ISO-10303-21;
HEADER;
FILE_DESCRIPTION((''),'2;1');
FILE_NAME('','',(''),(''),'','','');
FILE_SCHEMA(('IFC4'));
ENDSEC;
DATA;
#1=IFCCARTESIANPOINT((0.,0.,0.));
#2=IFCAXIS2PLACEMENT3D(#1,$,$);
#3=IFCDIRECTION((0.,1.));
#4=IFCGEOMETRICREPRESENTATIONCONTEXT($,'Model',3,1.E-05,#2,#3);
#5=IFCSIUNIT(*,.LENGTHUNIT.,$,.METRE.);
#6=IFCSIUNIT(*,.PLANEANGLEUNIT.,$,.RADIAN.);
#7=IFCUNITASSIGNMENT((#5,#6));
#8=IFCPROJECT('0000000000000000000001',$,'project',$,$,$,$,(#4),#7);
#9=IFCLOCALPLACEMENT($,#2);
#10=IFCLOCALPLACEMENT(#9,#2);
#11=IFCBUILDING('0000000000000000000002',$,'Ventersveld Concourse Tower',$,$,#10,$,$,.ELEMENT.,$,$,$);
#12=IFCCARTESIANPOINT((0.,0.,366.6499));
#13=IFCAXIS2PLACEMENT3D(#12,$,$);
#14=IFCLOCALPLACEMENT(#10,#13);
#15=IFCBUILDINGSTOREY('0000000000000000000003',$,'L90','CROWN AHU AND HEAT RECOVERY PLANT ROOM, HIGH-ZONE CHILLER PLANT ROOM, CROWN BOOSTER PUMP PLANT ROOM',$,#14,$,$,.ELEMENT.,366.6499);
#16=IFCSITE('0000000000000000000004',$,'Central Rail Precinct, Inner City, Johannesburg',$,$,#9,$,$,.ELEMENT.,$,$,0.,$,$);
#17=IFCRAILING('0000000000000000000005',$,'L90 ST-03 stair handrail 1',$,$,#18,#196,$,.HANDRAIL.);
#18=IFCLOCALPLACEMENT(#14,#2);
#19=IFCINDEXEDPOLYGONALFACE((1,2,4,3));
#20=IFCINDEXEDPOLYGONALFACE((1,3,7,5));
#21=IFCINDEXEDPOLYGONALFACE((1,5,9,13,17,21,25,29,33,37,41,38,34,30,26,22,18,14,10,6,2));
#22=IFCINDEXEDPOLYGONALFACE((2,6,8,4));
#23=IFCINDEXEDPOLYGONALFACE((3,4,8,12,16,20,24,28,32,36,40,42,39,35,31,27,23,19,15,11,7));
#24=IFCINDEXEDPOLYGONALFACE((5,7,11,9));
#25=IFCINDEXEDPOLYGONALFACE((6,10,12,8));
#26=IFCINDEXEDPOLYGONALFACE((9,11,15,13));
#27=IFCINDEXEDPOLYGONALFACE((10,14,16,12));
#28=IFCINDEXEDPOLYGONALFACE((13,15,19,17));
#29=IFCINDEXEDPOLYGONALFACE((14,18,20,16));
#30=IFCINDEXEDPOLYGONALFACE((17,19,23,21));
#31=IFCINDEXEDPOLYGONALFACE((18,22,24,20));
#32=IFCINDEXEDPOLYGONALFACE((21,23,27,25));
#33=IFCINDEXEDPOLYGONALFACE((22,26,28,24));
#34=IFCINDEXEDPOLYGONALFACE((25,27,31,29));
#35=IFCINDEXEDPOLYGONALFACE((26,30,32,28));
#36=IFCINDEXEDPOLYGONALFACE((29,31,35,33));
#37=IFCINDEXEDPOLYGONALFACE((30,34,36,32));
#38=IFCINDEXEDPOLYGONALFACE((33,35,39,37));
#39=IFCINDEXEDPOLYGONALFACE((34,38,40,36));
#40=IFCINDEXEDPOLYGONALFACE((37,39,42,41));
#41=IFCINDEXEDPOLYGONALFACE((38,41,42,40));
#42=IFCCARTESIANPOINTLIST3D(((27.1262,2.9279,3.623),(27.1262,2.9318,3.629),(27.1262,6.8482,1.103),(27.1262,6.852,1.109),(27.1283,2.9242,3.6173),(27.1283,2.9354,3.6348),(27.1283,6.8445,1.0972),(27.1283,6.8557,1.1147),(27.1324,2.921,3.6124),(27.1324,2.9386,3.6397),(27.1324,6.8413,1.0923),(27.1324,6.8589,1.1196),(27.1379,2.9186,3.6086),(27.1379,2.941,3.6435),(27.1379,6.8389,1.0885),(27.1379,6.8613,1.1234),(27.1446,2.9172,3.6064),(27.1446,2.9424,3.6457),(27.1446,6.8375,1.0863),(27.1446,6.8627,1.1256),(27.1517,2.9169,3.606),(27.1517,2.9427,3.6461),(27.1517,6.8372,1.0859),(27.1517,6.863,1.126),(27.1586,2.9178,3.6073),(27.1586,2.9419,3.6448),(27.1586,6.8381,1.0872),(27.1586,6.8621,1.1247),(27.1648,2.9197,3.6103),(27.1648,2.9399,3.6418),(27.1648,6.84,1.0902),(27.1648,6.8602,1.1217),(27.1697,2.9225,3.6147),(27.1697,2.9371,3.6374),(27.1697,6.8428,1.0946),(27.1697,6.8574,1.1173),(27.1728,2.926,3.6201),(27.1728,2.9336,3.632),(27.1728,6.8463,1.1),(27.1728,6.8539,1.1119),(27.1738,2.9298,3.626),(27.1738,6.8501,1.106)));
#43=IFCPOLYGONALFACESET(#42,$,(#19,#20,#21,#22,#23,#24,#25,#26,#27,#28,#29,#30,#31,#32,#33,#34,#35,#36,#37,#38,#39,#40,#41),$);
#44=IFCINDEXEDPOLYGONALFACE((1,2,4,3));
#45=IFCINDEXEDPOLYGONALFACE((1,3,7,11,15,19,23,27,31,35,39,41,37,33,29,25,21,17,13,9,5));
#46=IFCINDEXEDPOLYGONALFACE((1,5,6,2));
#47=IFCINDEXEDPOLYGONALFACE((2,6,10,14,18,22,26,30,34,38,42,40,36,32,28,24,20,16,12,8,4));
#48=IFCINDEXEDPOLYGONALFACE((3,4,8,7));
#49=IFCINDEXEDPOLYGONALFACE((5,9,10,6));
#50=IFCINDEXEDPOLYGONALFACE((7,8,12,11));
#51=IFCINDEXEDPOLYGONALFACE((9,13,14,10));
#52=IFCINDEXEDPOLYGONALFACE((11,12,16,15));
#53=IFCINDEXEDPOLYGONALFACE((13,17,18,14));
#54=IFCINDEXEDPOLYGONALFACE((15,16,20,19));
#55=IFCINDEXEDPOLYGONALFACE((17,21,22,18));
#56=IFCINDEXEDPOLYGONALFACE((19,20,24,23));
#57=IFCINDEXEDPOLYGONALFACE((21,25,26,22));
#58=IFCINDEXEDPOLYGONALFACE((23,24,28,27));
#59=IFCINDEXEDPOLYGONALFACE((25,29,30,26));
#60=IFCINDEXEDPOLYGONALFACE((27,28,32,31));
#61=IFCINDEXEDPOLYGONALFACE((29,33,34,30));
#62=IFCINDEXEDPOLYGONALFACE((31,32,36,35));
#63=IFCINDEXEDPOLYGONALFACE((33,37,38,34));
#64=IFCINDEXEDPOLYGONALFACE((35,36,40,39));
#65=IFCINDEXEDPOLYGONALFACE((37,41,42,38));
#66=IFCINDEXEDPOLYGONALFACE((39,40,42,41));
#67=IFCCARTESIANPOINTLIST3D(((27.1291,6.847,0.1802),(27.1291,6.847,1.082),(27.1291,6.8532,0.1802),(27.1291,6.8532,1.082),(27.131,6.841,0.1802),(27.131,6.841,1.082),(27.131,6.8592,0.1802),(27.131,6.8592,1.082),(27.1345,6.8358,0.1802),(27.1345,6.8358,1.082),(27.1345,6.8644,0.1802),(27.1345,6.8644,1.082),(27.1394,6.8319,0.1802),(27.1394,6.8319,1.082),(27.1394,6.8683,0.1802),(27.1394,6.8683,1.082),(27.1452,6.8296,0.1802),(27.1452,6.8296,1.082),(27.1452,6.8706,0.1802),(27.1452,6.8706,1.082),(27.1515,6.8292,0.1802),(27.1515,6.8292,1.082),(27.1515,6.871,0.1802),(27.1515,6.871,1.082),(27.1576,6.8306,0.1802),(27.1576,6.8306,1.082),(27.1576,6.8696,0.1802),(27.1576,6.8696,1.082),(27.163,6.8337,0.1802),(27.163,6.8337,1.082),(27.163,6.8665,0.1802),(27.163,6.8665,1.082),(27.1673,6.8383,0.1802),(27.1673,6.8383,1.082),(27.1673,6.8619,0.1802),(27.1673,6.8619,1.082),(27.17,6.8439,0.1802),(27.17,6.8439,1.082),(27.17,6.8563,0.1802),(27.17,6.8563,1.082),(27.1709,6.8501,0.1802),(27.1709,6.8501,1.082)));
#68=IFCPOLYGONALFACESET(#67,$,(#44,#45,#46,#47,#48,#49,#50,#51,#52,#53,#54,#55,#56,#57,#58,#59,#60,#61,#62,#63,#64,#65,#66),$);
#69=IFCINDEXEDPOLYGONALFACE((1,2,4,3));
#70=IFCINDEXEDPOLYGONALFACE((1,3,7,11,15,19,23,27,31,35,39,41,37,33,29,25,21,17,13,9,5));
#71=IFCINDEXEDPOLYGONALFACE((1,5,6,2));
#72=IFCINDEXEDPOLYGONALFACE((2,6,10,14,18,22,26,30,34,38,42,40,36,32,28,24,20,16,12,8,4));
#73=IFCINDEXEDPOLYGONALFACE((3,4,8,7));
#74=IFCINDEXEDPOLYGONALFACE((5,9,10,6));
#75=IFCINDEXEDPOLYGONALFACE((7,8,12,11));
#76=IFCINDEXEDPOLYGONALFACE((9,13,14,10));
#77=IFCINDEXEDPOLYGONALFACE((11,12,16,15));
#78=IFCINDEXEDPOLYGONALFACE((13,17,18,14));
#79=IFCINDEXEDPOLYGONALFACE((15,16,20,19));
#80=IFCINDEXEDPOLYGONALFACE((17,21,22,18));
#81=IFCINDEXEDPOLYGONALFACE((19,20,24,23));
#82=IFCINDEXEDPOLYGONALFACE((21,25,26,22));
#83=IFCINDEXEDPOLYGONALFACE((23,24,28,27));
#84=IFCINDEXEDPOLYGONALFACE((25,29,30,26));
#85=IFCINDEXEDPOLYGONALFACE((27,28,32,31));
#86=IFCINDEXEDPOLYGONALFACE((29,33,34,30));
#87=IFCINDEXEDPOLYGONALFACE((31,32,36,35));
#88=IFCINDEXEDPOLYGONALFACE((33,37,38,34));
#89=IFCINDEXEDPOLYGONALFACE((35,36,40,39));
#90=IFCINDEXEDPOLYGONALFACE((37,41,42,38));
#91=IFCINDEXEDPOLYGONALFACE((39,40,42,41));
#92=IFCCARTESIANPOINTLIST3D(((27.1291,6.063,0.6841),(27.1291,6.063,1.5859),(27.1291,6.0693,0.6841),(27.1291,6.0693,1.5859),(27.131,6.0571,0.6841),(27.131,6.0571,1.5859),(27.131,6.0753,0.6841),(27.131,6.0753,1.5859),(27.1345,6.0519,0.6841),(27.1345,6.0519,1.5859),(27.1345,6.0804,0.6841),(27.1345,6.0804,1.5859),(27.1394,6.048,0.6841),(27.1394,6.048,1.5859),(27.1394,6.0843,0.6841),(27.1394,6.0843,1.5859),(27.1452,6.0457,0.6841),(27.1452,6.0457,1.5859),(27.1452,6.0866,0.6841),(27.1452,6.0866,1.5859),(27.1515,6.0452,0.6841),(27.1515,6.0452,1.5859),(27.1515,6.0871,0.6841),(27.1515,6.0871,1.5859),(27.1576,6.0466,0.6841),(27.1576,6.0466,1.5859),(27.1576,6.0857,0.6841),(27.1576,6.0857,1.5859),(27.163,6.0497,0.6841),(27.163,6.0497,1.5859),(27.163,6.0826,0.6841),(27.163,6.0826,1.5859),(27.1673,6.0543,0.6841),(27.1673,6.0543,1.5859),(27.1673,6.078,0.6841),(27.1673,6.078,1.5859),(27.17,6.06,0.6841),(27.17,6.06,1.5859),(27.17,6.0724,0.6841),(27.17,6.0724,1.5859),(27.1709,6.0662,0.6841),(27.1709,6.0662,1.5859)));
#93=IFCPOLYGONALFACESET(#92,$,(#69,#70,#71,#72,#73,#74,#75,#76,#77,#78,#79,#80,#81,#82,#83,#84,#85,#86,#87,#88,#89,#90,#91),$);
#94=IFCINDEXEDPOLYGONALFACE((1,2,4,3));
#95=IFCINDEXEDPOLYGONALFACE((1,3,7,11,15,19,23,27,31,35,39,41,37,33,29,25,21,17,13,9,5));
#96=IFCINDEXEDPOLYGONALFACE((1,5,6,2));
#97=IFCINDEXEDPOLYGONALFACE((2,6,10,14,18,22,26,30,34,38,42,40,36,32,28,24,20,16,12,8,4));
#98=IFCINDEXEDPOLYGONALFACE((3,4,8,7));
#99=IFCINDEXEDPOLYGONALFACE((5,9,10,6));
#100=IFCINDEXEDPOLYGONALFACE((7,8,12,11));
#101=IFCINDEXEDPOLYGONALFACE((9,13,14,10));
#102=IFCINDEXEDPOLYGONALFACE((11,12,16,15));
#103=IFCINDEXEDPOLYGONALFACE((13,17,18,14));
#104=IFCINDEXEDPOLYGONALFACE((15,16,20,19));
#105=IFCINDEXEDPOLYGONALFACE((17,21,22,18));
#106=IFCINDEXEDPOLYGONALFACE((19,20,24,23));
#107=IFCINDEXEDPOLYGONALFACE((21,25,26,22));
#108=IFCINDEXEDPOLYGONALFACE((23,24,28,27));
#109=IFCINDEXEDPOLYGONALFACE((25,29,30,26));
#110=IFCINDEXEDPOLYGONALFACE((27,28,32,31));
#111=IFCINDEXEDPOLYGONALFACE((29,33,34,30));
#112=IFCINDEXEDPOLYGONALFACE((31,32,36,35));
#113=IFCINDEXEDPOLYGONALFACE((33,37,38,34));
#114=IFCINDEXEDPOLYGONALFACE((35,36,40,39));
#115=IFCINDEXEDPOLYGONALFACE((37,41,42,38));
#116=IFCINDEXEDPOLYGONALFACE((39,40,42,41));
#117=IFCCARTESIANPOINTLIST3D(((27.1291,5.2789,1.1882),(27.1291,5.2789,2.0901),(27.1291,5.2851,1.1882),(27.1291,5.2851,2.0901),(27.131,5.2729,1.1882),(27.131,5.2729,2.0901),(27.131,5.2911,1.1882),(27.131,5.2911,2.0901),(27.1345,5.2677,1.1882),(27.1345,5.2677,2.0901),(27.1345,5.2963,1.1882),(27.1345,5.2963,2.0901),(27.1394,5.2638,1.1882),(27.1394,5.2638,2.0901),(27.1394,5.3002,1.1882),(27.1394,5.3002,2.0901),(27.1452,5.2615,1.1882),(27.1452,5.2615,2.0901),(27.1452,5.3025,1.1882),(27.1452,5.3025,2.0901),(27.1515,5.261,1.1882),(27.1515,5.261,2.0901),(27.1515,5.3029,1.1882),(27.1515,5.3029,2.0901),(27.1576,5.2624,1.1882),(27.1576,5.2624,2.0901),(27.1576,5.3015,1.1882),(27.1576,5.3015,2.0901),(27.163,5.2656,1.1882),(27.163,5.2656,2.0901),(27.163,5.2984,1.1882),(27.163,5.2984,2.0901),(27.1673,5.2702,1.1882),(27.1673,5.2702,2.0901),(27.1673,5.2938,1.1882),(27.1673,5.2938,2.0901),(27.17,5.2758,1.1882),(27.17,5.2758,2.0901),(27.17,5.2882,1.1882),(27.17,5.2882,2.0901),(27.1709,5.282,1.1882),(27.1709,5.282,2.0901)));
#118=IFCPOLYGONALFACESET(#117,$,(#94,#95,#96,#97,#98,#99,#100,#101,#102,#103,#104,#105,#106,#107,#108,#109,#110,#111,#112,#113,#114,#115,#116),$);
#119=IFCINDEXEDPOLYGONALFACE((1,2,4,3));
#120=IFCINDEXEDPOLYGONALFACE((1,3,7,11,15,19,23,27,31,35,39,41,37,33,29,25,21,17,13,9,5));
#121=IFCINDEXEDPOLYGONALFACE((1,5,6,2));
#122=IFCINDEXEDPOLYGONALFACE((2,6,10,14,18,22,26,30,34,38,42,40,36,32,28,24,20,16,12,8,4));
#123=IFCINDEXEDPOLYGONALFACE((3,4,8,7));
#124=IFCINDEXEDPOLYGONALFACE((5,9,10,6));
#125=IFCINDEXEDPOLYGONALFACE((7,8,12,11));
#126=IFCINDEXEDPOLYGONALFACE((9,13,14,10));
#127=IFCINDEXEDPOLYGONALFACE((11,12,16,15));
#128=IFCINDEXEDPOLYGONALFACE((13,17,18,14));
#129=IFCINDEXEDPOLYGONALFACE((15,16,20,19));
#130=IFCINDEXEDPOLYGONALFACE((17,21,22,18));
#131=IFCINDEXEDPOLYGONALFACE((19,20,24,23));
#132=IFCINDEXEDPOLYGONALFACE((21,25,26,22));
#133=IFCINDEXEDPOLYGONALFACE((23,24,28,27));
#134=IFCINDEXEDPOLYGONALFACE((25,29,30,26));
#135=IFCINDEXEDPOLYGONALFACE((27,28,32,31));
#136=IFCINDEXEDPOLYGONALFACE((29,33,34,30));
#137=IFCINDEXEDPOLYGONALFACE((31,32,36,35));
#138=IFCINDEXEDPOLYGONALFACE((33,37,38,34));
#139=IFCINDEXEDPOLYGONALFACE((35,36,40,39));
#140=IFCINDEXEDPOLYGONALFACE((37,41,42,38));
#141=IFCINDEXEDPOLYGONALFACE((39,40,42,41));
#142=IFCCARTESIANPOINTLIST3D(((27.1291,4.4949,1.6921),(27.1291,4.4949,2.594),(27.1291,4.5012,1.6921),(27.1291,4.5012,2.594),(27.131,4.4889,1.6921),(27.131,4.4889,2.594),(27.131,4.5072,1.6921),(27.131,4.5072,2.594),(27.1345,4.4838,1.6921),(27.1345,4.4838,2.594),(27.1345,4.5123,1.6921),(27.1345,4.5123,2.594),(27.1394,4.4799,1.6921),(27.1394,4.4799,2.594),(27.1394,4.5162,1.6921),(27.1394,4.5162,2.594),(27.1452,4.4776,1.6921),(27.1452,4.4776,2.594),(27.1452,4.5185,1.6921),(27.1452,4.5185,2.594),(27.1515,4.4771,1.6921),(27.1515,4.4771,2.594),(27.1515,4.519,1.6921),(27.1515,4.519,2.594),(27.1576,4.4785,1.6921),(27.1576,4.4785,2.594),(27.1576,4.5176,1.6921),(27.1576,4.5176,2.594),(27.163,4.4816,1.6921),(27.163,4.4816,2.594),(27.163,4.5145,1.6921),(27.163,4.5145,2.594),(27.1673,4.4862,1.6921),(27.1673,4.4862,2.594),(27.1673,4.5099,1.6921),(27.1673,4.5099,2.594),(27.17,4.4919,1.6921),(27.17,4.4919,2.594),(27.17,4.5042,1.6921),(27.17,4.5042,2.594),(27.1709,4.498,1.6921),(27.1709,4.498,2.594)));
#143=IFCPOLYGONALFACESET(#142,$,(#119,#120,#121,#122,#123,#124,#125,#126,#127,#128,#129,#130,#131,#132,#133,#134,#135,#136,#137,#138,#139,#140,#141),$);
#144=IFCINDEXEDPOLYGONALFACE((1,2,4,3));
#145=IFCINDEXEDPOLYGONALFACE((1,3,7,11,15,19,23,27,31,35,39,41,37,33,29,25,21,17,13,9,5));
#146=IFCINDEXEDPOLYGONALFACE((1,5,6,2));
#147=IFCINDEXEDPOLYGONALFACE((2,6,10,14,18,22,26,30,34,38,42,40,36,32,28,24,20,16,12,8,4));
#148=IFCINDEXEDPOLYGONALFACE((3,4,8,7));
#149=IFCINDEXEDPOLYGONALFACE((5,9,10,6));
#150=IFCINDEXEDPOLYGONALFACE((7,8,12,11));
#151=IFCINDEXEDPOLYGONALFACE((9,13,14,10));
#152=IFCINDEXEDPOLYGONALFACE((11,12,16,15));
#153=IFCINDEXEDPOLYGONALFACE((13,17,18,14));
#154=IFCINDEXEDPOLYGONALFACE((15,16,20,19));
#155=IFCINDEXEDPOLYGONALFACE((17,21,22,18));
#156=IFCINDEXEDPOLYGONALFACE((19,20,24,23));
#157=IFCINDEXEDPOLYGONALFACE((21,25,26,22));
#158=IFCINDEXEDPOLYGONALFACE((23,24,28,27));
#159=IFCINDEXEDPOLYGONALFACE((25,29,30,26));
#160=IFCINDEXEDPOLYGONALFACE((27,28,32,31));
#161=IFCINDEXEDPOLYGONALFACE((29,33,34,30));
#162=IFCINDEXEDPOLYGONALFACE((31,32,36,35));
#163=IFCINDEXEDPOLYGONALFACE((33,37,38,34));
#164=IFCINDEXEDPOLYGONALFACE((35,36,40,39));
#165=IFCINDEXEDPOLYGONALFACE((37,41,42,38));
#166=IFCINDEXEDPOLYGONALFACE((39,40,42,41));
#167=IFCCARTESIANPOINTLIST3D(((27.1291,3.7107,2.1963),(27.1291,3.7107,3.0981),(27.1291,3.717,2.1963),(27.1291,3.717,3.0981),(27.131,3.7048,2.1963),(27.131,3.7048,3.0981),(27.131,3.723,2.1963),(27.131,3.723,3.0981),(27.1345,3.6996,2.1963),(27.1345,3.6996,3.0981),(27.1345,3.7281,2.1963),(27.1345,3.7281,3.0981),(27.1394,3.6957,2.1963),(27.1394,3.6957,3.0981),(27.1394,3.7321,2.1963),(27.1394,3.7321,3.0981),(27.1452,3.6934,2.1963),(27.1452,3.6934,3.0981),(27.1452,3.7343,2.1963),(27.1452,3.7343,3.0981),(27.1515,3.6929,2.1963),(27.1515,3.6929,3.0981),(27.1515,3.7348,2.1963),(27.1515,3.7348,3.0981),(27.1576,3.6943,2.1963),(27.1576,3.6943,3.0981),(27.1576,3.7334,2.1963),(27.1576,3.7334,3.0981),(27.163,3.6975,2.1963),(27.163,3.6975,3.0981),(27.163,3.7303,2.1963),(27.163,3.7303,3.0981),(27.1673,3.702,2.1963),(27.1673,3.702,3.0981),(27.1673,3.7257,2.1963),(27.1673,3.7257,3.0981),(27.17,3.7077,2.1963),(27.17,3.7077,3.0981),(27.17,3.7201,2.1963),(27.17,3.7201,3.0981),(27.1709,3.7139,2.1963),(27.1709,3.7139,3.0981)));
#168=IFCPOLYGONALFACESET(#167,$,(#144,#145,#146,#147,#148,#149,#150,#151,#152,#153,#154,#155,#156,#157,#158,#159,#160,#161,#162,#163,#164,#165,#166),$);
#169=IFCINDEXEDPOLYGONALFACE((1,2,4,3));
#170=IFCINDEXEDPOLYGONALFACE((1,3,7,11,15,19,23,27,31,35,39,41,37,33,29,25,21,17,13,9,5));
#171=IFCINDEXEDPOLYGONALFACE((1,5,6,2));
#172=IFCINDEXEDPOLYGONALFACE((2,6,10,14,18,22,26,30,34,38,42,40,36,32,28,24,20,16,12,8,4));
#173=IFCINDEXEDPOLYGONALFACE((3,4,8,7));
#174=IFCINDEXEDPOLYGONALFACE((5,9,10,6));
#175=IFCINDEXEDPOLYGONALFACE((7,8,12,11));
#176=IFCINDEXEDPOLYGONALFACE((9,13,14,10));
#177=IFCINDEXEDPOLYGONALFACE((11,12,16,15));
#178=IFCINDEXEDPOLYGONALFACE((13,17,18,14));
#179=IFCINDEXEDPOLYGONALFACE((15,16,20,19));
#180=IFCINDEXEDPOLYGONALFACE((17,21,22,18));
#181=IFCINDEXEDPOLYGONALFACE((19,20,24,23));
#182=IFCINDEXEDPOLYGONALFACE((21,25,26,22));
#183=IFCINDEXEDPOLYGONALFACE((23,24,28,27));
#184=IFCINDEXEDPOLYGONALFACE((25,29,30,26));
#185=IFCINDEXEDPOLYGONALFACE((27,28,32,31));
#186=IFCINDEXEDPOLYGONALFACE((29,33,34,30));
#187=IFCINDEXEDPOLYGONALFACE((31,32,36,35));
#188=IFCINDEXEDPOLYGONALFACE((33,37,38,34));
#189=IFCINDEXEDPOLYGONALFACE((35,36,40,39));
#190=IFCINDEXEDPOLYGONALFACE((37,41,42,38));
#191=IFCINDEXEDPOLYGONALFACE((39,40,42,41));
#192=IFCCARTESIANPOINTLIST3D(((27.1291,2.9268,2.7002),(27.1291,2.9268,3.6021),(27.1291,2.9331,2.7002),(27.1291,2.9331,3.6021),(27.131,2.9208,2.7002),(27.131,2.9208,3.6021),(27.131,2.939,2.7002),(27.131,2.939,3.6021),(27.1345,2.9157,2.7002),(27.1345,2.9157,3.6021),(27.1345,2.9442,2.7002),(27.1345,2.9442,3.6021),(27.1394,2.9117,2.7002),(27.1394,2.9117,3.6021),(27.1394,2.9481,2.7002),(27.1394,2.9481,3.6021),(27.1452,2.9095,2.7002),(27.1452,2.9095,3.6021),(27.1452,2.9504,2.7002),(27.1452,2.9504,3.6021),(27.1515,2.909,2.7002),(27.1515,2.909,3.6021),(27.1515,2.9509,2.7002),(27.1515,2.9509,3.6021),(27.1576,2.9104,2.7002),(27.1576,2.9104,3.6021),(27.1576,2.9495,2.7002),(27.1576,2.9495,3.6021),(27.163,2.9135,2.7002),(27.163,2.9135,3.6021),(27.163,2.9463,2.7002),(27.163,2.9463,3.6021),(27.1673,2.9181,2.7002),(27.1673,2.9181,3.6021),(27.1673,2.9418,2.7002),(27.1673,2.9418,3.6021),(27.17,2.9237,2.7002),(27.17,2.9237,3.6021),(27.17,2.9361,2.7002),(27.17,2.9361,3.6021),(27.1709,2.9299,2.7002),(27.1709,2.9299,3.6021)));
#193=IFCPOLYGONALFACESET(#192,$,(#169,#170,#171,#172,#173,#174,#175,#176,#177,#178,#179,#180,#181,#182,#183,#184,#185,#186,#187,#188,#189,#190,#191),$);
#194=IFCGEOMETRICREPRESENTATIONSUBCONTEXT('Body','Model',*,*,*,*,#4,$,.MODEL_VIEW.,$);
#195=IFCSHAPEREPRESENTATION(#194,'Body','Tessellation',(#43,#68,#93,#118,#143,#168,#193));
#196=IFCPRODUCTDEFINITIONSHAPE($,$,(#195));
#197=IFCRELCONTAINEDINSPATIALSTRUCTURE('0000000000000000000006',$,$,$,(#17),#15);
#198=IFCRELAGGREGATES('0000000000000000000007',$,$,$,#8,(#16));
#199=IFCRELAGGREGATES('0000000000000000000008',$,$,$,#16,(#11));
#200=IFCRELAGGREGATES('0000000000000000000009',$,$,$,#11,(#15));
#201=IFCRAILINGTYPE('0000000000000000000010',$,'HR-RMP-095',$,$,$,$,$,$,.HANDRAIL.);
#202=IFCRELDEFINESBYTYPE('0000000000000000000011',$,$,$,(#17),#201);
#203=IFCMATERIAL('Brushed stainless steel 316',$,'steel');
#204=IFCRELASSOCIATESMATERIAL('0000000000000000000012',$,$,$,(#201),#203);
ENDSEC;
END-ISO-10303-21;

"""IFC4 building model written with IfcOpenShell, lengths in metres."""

from ifc_helpers import new_model, si_unit, direction, frame, origin, origin_2d, place, context, subcontext, project, spatial, circle, extrude, material, type_object, element, save


model = new_model("IFC4")

# Units and contexts
model_context = context("Model", 3, precision=1e-05, world=origin(), true_north=direction((0.0, 1.0)))
body_context = subcontext(model_context, "Body", "Model", "MODEL_VIEW")
ifc_project = project(units=[si_unit("LENGTHUNIT", "METRE"), si_unit("PLANEANGLEUNIT", "RADIAN")], contexts=[model_context])

# Site, building, storey
site_placement = place(None, origin())
site = spatial("IfcSite", under=ifc_project, at=site_placement, Name="Central Rail Precinct, Inner City, Johannesburg", CompositionType="ELEMENT", RefElevation=0.0)
building_placement = place(site_placement, origin())
building = spatial("IfcBuilding", under=site, at=building_placement, Name="Ventersveld Concourse Tower", CompositionType="ELEMENT")
storey_placement = place(building_placement, frame((0.0, 0.0, 366.6499)))
storey = spatial("IfcBuildingStorey", under=building, at=storey_placement, Name="L90", Description="CROWN AHU AND HEAT RECOVERY PLANT ROOM, HIGH-ZONE CHILLER PLANT ROOM, CROWN BOOSTER PUMP PLANT ROOM", CompositionType="ELEMENT", Elevation=366.6499)

# Shared definitions
ifc_material_1 = material(Name="Brushed stainless steel 316", Category="steel")

# Railing
railing_type_1 = type_object("IfcRailingType", Name="HR-RMP-095", PredefinedType="HANDRAIL", material=ifc_material_1)
railing_1_placement = place(storey_placement, frame((27.1499, 6.8501, 0.1802)))
element("IfcRailing", 1, at=railing_1_placement, inside=storey, type_object=railing_type_1, Name="L90 ST-03 stair handrail 1", PredefinedType="HANDRAIL", context=body_context, shape_type="SweptSolid", body=[
    extrude(circle(Radius=0.0239, at=origin_2d()), frame((0.0, 0.0, 0.9258), z_axis=(0.0, -0.841187, 0.540744), x_axis=(1.0, 0.0, 0.0)), (0.0, 0.0, 1.0), 4.6604),
    extrude(circle(Radius=0.021, at=origin_2d()), origin(), (0.0, 0.0, 1.0), 0.9019),
    extrude(circle(Radius=0.021, at=origin_2d()), frame((0.0, -0.7839, 0.5039)), (0.0, 0.0, 1.0), 0.9019),
    extrude(circle(Radius=0.021, at=origin_2d()), frame((0.0, -1.5681, 1.0081)), (0.0, 0.0, 1.0), 0.9019),
    extrude(circle(Radius=0.021, at=origin_2d()), frame((0.0, -2.3521, 1.512)), (0.0, 0.0, 1.0), 0.9019),
    extrude(circle(Radius=0.021, at=origin_2d()), frame((0.0, -3.1362, 2.0161)), (0.0, 0.0, 1.0), 0.9019),
    extrude(circle(Radius=0.021, at=origin_2d()), frame((0.0, -3.9202, 2.52)), (0.0, 0.0, 1.0), 0.9019),
])

save(model, "model.ifc")
